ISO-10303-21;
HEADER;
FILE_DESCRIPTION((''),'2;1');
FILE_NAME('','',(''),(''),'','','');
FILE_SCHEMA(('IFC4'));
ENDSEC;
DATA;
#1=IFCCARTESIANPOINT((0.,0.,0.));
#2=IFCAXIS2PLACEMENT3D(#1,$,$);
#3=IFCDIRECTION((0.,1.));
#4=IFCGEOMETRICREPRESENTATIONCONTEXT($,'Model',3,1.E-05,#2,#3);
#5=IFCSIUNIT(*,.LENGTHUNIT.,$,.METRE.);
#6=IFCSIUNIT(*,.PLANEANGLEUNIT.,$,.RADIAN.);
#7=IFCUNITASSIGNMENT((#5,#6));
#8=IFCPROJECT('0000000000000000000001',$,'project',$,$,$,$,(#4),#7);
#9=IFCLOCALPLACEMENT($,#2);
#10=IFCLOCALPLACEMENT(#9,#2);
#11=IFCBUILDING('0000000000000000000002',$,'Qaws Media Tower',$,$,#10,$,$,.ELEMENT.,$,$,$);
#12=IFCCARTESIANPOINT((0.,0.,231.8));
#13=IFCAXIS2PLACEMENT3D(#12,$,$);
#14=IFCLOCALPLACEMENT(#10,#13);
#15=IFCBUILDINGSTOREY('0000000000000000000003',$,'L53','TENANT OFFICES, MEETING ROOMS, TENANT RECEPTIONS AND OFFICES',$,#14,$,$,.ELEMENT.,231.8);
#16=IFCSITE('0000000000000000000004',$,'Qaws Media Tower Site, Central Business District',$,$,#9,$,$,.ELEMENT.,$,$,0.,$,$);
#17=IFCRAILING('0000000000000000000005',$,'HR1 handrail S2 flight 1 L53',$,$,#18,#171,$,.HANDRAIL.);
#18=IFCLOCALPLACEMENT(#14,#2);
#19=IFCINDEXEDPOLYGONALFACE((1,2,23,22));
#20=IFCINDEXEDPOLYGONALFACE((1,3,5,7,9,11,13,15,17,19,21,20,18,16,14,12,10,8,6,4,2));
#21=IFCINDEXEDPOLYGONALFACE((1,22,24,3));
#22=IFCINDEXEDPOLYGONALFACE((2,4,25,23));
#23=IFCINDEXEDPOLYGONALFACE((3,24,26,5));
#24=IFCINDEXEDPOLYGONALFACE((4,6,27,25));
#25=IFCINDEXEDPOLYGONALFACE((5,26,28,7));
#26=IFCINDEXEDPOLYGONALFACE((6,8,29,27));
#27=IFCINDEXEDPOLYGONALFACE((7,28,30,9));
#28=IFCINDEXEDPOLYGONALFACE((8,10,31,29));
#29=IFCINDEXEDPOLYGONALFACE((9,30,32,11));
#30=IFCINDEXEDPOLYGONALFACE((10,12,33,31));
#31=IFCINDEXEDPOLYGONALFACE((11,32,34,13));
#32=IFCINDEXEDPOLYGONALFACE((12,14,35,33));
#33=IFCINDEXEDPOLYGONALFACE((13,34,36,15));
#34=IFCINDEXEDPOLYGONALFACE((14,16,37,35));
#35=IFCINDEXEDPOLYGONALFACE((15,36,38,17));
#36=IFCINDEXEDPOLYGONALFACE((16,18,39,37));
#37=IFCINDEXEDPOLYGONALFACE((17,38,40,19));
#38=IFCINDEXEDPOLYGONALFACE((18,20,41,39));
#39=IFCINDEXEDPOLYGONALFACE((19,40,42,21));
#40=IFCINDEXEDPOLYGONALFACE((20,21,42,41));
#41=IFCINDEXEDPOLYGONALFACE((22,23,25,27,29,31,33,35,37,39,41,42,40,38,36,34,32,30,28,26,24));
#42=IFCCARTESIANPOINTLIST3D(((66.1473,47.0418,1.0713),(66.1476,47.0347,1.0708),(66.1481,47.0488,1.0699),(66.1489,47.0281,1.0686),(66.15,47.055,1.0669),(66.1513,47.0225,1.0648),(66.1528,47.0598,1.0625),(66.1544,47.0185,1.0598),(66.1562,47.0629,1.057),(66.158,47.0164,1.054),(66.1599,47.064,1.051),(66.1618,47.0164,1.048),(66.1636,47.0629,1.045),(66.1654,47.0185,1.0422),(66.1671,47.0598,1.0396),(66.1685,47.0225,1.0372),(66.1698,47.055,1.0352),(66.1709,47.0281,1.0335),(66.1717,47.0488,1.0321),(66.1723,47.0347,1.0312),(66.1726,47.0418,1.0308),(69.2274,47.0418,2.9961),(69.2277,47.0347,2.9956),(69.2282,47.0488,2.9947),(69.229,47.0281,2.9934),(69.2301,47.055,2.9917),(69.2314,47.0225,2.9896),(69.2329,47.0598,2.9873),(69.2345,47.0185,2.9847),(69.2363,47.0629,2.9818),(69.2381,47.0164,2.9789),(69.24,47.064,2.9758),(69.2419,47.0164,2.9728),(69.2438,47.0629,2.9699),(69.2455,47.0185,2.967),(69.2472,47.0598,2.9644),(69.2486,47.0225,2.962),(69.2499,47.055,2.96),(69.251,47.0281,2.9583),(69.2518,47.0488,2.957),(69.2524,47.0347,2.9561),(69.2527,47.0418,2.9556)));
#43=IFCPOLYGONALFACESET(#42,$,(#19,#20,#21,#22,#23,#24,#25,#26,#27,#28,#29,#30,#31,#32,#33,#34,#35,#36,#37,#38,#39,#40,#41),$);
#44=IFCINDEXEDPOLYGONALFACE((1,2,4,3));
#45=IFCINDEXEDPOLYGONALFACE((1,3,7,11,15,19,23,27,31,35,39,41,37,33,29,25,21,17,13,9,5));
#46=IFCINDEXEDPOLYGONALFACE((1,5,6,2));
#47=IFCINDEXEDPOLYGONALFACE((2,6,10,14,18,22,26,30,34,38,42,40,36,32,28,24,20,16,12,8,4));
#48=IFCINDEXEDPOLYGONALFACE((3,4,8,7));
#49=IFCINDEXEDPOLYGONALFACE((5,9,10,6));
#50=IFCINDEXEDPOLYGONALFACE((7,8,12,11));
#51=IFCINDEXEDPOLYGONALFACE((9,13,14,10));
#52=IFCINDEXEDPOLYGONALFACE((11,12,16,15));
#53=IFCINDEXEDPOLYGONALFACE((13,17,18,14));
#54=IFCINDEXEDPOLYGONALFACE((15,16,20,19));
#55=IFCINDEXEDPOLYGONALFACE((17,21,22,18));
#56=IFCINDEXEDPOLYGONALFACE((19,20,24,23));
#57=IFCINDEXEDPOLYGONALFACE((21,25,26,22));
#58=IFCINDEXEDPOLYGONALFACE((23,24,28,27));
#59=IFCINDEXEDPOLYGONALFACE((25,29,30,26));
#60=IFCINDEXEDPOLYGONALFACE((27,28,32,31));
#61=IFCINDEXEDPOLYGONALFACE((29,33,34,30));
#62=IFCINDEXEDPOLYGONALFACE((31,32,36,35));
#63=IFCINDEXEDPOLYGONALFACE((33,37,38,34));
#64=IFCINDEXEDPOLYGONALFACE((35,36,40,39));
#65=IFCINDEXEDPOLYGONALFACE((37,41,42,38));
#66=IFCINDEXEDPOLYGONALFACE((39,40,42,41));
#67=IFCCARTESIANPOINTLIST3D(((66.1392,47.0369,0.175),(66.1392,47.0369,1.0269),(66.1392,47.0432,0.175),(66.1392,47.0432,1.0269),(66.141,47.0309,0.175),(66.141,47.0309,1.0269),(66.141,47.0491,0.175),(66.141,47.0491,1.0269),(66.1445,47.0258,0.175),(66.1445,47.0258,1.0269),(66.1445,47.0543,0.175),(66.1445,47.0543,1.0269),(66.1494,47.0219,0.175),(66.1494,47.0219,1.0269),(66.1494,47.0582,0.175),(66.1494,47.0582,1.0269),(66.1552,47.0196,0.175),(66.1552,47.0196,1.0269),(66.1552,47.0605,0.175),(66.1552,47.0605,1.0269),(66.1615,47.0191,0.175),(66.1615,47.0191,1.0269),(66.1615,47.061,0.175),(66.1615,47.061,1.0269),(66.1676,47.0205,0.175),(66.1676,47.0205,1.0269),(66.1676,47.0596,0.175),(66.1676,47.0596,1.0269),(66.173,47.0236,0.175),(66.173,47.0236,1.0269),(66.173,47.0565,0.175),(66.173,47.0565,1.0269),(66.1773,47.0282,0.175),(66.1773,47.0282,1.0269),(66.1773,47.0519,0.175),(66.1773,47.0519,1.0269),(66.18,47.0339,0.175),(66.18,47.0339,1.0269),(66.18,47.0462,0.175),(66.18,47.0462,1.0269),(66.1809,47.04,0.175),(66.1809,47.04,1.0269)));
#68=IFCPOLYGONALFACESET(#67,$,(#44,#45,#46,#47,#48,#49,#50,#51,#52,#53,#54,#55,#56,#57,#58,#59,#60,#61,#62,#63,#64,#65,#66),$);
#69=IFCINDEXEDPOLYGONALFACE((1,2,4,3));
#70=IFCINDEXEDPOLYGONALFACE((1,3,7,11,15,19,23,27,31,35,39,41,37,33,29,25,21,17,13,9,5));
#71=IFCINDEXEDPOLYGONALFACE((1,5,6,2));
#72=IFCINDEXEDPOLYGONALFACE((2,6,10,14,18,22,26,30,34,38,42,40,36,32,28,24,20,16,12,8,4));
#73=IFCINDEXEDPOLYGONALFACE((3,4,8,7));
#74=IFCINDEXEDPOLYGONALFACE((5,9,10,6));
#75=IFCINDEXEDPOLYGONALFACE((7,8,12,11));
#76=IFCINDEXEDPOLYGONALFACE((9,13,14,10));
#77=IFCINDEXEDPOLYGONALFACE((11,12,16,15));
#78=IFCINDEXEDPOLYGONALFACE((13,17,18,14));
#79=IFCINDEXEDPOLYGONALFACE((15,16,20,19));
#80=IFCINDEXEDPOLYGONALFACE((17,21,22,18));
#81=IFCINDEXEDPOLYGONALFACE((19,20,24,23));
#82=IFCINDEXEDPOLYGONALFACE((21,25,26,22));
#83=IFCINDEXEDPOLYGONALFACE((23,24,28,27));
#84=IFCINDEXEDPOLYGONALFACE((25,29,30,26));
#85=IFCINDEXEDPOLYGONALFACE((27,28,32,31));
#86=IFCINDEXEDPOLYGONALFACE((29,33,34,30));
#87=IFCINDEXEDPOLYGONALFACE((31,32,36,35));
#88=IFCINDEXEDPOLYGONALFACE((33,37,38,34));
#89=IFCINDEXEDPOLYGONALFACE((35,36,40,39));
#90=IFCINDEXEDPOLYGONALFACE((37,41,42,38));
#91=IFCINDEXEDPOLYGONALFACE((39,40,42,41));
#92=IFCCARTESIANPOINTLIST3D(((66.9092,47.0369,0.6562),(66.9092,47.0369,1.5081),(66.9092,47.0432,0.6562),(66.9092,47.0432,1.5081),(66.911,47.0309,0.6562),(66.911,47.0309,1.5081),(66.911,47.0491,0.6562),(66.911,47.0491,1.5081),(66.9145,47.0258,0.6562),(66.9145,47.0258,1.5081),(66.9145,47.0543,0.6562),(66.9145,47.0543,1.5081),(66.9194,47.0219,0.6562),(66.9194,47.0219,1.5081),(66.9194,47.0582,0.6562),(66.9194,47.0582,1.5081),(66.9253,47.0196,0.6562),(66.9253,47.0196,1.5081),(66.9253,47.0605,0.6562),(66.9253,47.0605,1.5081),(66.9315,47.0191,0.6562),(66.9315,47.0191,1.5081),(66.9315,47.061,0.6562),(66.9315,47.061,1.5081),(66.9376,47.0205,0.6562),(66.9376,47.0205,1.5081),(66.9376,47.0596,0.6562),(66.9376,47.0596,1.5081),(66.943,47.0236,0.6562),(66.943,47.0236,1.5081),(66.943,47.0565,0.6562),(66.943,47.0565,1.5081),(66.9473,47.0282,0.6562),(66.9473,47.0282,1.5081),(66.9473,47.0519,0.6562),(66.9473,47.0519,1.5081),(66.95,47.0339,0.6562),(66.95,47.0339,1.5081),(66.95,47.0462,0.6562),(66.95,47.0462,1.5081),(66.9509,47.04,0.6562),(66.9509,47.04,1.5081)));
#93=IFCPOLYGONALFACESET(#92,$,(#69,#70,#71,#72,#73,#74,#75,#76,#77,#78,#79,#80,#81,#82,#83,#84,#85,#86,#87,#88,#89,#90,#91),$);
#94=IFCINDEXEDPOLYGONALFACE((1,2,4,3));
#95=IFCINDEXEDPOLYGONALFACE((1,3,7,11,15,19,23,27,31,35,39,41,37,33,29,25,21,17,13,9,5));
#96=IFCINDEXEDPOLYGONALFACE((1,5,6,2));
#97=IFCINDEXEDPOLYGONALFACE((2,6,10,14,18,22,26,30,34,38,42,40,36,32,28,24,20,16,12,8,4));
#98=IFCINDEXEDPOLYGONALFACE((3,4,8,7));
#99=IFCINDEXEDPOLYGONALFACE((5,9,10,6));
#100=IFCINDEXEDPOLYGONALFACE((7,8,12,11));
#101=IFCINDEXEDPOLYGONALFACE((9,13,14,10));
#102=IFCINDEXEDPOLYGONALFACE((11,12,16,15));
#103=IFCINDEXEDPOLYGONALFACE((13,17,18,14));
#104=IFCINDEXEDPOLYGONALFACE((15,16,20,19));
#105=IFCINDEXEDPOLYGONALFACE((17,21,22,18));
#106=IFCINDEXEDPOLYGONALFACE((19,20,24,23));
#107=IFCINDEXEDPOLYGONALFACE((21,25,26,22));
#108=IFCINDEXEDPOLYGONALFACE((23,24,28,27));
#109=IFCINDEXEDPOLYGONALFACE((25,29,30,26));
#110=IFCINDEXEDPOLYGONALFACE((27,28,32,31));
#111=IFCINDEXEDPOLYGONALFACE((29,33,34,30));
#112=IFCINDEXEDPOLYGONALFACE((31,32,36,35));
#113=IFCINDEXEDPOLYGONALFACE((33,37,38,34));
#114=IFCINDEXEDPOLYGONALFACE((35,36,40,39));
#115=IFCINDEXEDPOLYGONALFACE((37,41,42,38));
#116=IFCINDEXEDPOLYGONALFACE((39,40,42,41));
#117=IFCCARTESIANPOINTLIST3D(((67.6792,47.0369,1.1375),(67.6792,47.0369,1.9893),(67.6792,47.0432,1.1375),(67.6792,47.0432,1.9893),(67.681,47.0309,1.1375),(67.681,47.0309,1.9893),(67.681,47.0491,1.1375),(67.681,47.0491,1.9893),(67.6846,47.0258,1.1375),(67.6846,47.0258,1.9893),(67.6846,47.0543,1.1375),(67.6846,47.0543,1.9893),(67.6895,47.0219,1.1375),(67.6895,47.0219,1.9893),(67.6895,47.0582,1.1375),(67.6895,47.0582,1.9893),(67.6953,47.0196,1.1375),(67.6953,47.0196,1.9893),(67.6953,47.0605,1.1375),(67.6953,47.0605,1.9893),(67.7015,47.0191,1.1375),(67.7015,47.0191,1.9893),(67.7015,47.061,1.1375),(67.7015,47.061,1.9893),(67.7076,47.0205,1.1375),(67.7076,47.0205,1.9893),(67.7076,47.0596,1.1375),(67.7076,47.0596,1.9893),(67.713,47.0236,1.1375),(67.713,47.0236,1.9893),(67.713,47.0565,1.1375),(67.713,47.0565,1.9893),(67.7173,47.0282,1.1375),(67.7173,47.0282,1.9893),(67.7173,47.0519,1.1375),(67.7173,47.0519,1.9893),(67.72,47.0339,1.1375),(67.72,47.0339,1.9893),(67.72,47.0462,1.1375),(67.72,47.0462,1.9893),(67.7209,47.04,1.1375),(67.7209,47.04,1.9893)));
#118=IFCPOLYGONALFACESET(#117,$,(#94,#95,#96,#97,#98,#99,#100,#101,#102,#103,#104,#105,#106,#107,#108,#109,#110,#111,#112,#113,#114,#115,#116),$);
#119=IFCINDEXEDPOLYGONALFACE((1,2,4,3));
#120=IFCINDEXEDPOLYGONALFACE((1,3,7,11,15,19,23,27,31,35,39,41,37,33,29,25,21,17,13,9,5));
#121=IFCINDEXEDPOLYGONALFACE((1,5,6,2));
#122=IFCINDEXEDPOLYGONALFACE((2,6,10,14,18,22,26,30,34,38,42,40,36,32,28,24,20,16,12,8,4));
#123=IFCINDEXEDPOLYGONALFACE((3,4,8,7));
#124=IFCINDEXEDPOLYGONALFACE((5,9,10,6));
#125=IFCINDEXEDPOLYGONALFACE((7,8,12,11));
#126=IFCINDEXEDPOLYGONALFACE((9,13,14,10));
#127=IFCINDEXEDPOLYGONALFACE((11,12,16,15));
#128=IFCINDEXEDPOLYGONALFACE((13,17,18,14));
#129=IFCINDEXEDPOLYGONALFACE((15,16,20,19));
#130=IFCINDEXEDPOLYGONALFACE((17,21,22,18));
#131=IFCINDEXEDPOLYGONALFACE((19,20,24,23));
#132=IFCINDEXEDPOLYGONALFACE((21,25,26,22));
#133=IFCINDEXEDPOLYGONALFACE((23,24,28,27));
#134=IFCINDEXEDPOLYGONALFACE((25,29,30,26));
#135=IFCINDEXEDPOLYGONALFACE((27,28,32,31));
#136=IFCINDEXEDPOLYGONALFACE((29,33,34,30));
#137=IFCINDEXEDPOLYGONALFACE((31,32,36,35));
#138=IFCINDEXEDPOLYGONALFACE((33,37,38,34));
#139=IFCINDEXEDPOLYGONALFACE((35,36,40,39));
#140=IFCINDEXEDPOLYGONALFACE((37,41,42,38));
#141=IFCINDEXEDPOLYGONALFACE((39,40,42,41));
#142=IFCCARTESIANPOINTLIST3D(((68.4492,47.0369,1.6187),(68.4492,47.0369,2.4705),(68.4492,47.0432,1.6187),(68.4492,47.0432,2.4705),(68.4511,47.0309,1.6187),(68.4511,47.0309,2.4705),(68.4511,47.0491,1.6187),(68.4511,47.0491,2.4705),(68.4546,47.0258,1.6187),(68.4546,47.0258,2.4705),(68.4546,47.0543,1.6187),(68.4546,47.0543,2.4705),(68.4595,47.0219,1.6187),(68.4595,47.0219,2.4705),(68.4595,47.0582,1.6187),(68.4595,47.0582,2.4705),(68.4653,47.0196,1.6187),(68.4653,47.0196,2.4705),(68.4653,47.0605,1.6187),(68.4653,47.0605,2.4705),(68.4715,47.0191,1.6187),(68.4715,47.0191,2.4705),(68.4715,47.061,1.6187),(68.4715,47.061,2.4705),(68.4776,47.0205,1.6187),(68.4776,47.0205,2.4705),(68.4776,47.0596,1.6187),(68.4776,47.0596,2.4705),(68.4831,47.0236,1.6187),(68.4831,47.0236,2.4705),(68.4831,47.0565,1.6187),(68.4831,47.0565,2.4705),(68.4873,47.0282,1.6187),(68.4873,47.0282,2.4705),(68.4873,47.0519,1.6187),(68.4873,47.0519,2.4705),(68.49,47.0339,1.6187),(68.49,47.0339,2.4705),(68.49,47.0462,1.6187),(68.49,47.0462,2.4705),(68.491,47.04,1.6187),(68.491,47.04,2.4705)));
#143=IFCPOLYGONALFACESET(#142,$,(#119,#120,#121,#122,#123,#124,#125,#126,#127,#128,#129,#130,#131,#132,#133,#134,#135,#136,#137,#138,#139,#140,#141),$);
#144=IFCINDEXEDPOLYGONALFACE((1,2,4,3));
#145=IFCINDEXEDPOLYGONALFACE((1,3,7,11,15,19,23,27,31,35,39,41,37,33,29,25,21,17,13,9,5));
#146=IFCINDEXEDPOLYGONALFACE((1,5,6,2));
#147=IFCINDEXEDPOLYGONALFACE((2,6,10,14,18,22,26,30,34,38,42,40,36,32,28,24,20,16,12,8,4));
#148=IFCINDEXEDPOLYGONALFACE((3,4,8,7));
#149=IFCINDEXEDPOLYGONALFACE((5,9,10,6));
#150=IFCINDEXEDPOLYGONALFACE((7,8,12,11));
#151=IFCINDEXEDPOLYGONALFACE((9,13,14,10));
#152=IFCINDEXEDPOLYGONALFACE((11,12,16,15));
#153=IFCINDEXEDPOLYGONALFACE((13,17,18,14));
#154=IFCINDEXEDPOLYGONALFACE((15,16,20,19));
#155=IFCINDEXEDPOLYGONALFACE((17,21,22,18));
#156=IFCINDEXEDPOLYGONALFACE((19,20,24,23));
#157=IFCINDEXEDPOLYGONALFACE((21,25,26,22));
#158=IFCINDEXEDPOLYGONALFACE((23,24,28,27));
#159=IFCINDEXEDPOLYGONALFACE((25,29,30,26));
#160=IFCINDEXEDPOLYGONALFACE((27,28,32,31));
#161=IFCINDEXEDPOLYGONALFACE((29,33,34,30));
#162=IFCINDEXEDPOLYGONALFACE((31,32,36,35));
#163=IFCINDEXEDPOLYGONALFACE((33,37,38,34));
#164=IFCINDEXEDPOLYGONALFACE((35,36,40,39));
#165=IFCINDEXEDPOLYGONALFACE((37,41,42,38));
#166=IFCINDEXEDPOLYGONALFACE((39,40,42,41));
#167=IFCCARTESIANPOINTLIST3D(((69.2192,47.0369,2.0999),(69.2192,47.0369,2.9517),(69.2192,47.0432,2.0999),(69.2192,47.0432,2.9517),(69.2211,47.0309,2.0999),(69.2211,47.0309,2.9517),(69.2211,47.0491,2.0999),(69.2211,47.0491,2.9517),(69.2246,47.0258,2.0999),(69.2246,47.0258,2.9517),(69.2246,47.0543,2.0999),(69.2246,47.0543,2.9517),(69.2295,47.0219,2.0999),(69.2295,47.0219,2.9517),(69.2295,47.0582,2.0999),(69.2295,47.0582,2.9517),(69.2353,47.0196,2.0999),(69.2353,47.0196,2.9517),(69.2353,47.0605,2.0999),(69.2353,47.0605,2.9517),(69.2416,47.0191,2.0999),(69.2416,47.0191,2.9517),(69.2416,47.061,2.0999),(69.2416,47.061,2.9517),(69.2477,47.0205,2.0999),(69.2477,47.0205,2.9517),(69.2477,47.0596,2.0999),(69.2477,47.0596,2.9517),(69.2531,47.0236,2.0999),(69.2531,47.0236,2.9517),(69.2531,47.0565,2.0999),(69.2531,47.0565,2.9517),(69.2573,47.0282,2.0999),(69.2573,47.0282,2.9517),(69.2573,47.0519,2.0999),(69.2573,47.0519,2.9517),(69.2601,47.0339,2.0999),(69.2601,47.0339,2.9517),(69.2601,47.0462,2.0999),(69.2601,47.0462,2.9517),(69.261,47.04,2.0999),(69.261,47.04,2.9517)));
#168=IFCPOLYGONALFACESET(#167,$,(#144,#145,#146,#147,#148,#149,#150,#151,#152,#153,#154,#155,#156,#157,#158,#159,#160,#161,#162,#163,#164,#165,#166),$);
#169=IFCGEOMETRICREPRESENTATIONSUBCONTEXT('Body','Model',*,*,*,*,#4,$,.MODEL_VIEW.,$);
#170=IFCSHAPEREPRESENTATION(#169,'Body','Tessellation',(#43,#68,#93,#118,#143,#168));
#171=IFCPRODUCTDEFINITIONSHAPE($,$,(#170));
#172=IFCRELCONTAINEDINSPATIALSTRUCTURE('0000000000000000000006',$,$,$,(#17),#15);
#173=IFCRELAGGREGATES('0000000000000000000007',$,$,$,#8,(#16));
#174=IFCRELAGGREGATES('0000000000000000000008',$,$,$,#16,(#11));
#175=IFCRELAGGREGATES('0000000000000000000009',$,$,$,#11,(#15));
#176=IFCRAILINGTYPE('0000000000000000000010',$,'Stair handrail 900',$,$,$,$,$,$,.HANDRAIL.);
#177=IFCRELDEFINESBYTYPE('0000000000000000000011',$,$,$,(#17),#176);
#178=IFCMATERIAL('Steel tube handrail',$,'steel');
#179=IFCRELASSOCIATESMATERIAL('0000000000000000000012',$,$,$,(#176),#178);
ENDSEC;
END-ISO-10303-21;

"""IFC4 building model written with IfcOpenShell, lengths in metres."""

from ifc_helpers import new_model, si_unit, direction, frame, origin, origin_2d, place, context, subcontext, project, spatial, circle, extrude, material, type_object, element, save


model = new_model("IFC4")

# Units and contexts
model_context = context("Model", 3, precision=1e-05, world=origin(), true_north=direction((0.0, 1.0)))
body_context = subcontext(model_context, "Body", "Model", "MODEL_VIEW")
ifc_project = project(units=[si_unit("LENGTHUNIT", "METRE"), si_unit("PLANEANGLEUNIT", "RADIAN")], contexts=[model_context])

# Site, building, storey
site_placement = place(None, origin())
site = spatial("IfcSite", under=ifc_project, at=site_placement, Name="Qaws Media Tower Site, Central Business District", CompositionType="ELEMENT", RefElevation=0.0)
building_placement = place(site_placement, origin())
building = spatial("IfcBuilding", under=site, at=building_placement, Name="Qaws Media Tower", CompositionType="ELEMENT")
storey_placement = place(building_placement, frame((0.0, 0.0, 231.8)))
storey = spatial("IfcBuildingStorey", under=building, at=storey_placement, Name="L53", Description="TENANT OFFICES, MEETING ROOMS, TENANT RECEPTIONS AND OFFICES", CompositionType="ELEMENT", Elevation=231.8)

# Railing
ifc_material_1 = material(Name="Steel tube handrail", Category="steel")
railing_type = type_object("IfcRailingType", Name="Stair handrail 900", PredefinedType="HANDRAIL", material=ifc_material_1)
for number, where, name in (
    (1, (66.1599, 47.04, 0.175), "HR1 handrail S2 flight 1 L53"),
):
    element("IfcRailing", number, at=place(storey_placement, frame(where)), inside=storey, type_object=railing_type, Name=name, PredefinedType="HANDRAIL", context=body_context, shape_type="SweptSolid", body=[
        extrude(circle(Radius=0.0239, at=origin_2d()), frame((0.0, 0.0, 0.876), z_axis=(0.848029, 0.0, 0.529951), x_axis=(0.0, 1.0, 0.0)), (0.0, 0.0, 1.0), 3.6321),
        extrude(circle(Radius=0.021, at=origin_2d()), origin(), (0.0, 0.0, 1.0), 0.8518),
        extrude(circle(Radius=0.021, at=origin_2d()), frame((0.77, 0.0, 0.4812)), (0.0, 0.0, 1.0), 0.8518),
        extrude(circle(Radius=0.021, at=origin_2d()), frame((1.54, 0.0, 0.9624)), (0.0, 0.0, 1.0), 0.8518),
        extrude(circle(Radius=0.021, at=origin_2d()), frame((2.3101, 0.0, 1.4436)), (0.0, 0.0, 1.0), 0.8518),
        extrude(circle(Radius=0.021, at=origin_2d()), frame((3.0801, 0.0, 1.9248)), (0.0, 0.0, 1.0), 0.8518),
    ])

save(model, "model.ifc")
